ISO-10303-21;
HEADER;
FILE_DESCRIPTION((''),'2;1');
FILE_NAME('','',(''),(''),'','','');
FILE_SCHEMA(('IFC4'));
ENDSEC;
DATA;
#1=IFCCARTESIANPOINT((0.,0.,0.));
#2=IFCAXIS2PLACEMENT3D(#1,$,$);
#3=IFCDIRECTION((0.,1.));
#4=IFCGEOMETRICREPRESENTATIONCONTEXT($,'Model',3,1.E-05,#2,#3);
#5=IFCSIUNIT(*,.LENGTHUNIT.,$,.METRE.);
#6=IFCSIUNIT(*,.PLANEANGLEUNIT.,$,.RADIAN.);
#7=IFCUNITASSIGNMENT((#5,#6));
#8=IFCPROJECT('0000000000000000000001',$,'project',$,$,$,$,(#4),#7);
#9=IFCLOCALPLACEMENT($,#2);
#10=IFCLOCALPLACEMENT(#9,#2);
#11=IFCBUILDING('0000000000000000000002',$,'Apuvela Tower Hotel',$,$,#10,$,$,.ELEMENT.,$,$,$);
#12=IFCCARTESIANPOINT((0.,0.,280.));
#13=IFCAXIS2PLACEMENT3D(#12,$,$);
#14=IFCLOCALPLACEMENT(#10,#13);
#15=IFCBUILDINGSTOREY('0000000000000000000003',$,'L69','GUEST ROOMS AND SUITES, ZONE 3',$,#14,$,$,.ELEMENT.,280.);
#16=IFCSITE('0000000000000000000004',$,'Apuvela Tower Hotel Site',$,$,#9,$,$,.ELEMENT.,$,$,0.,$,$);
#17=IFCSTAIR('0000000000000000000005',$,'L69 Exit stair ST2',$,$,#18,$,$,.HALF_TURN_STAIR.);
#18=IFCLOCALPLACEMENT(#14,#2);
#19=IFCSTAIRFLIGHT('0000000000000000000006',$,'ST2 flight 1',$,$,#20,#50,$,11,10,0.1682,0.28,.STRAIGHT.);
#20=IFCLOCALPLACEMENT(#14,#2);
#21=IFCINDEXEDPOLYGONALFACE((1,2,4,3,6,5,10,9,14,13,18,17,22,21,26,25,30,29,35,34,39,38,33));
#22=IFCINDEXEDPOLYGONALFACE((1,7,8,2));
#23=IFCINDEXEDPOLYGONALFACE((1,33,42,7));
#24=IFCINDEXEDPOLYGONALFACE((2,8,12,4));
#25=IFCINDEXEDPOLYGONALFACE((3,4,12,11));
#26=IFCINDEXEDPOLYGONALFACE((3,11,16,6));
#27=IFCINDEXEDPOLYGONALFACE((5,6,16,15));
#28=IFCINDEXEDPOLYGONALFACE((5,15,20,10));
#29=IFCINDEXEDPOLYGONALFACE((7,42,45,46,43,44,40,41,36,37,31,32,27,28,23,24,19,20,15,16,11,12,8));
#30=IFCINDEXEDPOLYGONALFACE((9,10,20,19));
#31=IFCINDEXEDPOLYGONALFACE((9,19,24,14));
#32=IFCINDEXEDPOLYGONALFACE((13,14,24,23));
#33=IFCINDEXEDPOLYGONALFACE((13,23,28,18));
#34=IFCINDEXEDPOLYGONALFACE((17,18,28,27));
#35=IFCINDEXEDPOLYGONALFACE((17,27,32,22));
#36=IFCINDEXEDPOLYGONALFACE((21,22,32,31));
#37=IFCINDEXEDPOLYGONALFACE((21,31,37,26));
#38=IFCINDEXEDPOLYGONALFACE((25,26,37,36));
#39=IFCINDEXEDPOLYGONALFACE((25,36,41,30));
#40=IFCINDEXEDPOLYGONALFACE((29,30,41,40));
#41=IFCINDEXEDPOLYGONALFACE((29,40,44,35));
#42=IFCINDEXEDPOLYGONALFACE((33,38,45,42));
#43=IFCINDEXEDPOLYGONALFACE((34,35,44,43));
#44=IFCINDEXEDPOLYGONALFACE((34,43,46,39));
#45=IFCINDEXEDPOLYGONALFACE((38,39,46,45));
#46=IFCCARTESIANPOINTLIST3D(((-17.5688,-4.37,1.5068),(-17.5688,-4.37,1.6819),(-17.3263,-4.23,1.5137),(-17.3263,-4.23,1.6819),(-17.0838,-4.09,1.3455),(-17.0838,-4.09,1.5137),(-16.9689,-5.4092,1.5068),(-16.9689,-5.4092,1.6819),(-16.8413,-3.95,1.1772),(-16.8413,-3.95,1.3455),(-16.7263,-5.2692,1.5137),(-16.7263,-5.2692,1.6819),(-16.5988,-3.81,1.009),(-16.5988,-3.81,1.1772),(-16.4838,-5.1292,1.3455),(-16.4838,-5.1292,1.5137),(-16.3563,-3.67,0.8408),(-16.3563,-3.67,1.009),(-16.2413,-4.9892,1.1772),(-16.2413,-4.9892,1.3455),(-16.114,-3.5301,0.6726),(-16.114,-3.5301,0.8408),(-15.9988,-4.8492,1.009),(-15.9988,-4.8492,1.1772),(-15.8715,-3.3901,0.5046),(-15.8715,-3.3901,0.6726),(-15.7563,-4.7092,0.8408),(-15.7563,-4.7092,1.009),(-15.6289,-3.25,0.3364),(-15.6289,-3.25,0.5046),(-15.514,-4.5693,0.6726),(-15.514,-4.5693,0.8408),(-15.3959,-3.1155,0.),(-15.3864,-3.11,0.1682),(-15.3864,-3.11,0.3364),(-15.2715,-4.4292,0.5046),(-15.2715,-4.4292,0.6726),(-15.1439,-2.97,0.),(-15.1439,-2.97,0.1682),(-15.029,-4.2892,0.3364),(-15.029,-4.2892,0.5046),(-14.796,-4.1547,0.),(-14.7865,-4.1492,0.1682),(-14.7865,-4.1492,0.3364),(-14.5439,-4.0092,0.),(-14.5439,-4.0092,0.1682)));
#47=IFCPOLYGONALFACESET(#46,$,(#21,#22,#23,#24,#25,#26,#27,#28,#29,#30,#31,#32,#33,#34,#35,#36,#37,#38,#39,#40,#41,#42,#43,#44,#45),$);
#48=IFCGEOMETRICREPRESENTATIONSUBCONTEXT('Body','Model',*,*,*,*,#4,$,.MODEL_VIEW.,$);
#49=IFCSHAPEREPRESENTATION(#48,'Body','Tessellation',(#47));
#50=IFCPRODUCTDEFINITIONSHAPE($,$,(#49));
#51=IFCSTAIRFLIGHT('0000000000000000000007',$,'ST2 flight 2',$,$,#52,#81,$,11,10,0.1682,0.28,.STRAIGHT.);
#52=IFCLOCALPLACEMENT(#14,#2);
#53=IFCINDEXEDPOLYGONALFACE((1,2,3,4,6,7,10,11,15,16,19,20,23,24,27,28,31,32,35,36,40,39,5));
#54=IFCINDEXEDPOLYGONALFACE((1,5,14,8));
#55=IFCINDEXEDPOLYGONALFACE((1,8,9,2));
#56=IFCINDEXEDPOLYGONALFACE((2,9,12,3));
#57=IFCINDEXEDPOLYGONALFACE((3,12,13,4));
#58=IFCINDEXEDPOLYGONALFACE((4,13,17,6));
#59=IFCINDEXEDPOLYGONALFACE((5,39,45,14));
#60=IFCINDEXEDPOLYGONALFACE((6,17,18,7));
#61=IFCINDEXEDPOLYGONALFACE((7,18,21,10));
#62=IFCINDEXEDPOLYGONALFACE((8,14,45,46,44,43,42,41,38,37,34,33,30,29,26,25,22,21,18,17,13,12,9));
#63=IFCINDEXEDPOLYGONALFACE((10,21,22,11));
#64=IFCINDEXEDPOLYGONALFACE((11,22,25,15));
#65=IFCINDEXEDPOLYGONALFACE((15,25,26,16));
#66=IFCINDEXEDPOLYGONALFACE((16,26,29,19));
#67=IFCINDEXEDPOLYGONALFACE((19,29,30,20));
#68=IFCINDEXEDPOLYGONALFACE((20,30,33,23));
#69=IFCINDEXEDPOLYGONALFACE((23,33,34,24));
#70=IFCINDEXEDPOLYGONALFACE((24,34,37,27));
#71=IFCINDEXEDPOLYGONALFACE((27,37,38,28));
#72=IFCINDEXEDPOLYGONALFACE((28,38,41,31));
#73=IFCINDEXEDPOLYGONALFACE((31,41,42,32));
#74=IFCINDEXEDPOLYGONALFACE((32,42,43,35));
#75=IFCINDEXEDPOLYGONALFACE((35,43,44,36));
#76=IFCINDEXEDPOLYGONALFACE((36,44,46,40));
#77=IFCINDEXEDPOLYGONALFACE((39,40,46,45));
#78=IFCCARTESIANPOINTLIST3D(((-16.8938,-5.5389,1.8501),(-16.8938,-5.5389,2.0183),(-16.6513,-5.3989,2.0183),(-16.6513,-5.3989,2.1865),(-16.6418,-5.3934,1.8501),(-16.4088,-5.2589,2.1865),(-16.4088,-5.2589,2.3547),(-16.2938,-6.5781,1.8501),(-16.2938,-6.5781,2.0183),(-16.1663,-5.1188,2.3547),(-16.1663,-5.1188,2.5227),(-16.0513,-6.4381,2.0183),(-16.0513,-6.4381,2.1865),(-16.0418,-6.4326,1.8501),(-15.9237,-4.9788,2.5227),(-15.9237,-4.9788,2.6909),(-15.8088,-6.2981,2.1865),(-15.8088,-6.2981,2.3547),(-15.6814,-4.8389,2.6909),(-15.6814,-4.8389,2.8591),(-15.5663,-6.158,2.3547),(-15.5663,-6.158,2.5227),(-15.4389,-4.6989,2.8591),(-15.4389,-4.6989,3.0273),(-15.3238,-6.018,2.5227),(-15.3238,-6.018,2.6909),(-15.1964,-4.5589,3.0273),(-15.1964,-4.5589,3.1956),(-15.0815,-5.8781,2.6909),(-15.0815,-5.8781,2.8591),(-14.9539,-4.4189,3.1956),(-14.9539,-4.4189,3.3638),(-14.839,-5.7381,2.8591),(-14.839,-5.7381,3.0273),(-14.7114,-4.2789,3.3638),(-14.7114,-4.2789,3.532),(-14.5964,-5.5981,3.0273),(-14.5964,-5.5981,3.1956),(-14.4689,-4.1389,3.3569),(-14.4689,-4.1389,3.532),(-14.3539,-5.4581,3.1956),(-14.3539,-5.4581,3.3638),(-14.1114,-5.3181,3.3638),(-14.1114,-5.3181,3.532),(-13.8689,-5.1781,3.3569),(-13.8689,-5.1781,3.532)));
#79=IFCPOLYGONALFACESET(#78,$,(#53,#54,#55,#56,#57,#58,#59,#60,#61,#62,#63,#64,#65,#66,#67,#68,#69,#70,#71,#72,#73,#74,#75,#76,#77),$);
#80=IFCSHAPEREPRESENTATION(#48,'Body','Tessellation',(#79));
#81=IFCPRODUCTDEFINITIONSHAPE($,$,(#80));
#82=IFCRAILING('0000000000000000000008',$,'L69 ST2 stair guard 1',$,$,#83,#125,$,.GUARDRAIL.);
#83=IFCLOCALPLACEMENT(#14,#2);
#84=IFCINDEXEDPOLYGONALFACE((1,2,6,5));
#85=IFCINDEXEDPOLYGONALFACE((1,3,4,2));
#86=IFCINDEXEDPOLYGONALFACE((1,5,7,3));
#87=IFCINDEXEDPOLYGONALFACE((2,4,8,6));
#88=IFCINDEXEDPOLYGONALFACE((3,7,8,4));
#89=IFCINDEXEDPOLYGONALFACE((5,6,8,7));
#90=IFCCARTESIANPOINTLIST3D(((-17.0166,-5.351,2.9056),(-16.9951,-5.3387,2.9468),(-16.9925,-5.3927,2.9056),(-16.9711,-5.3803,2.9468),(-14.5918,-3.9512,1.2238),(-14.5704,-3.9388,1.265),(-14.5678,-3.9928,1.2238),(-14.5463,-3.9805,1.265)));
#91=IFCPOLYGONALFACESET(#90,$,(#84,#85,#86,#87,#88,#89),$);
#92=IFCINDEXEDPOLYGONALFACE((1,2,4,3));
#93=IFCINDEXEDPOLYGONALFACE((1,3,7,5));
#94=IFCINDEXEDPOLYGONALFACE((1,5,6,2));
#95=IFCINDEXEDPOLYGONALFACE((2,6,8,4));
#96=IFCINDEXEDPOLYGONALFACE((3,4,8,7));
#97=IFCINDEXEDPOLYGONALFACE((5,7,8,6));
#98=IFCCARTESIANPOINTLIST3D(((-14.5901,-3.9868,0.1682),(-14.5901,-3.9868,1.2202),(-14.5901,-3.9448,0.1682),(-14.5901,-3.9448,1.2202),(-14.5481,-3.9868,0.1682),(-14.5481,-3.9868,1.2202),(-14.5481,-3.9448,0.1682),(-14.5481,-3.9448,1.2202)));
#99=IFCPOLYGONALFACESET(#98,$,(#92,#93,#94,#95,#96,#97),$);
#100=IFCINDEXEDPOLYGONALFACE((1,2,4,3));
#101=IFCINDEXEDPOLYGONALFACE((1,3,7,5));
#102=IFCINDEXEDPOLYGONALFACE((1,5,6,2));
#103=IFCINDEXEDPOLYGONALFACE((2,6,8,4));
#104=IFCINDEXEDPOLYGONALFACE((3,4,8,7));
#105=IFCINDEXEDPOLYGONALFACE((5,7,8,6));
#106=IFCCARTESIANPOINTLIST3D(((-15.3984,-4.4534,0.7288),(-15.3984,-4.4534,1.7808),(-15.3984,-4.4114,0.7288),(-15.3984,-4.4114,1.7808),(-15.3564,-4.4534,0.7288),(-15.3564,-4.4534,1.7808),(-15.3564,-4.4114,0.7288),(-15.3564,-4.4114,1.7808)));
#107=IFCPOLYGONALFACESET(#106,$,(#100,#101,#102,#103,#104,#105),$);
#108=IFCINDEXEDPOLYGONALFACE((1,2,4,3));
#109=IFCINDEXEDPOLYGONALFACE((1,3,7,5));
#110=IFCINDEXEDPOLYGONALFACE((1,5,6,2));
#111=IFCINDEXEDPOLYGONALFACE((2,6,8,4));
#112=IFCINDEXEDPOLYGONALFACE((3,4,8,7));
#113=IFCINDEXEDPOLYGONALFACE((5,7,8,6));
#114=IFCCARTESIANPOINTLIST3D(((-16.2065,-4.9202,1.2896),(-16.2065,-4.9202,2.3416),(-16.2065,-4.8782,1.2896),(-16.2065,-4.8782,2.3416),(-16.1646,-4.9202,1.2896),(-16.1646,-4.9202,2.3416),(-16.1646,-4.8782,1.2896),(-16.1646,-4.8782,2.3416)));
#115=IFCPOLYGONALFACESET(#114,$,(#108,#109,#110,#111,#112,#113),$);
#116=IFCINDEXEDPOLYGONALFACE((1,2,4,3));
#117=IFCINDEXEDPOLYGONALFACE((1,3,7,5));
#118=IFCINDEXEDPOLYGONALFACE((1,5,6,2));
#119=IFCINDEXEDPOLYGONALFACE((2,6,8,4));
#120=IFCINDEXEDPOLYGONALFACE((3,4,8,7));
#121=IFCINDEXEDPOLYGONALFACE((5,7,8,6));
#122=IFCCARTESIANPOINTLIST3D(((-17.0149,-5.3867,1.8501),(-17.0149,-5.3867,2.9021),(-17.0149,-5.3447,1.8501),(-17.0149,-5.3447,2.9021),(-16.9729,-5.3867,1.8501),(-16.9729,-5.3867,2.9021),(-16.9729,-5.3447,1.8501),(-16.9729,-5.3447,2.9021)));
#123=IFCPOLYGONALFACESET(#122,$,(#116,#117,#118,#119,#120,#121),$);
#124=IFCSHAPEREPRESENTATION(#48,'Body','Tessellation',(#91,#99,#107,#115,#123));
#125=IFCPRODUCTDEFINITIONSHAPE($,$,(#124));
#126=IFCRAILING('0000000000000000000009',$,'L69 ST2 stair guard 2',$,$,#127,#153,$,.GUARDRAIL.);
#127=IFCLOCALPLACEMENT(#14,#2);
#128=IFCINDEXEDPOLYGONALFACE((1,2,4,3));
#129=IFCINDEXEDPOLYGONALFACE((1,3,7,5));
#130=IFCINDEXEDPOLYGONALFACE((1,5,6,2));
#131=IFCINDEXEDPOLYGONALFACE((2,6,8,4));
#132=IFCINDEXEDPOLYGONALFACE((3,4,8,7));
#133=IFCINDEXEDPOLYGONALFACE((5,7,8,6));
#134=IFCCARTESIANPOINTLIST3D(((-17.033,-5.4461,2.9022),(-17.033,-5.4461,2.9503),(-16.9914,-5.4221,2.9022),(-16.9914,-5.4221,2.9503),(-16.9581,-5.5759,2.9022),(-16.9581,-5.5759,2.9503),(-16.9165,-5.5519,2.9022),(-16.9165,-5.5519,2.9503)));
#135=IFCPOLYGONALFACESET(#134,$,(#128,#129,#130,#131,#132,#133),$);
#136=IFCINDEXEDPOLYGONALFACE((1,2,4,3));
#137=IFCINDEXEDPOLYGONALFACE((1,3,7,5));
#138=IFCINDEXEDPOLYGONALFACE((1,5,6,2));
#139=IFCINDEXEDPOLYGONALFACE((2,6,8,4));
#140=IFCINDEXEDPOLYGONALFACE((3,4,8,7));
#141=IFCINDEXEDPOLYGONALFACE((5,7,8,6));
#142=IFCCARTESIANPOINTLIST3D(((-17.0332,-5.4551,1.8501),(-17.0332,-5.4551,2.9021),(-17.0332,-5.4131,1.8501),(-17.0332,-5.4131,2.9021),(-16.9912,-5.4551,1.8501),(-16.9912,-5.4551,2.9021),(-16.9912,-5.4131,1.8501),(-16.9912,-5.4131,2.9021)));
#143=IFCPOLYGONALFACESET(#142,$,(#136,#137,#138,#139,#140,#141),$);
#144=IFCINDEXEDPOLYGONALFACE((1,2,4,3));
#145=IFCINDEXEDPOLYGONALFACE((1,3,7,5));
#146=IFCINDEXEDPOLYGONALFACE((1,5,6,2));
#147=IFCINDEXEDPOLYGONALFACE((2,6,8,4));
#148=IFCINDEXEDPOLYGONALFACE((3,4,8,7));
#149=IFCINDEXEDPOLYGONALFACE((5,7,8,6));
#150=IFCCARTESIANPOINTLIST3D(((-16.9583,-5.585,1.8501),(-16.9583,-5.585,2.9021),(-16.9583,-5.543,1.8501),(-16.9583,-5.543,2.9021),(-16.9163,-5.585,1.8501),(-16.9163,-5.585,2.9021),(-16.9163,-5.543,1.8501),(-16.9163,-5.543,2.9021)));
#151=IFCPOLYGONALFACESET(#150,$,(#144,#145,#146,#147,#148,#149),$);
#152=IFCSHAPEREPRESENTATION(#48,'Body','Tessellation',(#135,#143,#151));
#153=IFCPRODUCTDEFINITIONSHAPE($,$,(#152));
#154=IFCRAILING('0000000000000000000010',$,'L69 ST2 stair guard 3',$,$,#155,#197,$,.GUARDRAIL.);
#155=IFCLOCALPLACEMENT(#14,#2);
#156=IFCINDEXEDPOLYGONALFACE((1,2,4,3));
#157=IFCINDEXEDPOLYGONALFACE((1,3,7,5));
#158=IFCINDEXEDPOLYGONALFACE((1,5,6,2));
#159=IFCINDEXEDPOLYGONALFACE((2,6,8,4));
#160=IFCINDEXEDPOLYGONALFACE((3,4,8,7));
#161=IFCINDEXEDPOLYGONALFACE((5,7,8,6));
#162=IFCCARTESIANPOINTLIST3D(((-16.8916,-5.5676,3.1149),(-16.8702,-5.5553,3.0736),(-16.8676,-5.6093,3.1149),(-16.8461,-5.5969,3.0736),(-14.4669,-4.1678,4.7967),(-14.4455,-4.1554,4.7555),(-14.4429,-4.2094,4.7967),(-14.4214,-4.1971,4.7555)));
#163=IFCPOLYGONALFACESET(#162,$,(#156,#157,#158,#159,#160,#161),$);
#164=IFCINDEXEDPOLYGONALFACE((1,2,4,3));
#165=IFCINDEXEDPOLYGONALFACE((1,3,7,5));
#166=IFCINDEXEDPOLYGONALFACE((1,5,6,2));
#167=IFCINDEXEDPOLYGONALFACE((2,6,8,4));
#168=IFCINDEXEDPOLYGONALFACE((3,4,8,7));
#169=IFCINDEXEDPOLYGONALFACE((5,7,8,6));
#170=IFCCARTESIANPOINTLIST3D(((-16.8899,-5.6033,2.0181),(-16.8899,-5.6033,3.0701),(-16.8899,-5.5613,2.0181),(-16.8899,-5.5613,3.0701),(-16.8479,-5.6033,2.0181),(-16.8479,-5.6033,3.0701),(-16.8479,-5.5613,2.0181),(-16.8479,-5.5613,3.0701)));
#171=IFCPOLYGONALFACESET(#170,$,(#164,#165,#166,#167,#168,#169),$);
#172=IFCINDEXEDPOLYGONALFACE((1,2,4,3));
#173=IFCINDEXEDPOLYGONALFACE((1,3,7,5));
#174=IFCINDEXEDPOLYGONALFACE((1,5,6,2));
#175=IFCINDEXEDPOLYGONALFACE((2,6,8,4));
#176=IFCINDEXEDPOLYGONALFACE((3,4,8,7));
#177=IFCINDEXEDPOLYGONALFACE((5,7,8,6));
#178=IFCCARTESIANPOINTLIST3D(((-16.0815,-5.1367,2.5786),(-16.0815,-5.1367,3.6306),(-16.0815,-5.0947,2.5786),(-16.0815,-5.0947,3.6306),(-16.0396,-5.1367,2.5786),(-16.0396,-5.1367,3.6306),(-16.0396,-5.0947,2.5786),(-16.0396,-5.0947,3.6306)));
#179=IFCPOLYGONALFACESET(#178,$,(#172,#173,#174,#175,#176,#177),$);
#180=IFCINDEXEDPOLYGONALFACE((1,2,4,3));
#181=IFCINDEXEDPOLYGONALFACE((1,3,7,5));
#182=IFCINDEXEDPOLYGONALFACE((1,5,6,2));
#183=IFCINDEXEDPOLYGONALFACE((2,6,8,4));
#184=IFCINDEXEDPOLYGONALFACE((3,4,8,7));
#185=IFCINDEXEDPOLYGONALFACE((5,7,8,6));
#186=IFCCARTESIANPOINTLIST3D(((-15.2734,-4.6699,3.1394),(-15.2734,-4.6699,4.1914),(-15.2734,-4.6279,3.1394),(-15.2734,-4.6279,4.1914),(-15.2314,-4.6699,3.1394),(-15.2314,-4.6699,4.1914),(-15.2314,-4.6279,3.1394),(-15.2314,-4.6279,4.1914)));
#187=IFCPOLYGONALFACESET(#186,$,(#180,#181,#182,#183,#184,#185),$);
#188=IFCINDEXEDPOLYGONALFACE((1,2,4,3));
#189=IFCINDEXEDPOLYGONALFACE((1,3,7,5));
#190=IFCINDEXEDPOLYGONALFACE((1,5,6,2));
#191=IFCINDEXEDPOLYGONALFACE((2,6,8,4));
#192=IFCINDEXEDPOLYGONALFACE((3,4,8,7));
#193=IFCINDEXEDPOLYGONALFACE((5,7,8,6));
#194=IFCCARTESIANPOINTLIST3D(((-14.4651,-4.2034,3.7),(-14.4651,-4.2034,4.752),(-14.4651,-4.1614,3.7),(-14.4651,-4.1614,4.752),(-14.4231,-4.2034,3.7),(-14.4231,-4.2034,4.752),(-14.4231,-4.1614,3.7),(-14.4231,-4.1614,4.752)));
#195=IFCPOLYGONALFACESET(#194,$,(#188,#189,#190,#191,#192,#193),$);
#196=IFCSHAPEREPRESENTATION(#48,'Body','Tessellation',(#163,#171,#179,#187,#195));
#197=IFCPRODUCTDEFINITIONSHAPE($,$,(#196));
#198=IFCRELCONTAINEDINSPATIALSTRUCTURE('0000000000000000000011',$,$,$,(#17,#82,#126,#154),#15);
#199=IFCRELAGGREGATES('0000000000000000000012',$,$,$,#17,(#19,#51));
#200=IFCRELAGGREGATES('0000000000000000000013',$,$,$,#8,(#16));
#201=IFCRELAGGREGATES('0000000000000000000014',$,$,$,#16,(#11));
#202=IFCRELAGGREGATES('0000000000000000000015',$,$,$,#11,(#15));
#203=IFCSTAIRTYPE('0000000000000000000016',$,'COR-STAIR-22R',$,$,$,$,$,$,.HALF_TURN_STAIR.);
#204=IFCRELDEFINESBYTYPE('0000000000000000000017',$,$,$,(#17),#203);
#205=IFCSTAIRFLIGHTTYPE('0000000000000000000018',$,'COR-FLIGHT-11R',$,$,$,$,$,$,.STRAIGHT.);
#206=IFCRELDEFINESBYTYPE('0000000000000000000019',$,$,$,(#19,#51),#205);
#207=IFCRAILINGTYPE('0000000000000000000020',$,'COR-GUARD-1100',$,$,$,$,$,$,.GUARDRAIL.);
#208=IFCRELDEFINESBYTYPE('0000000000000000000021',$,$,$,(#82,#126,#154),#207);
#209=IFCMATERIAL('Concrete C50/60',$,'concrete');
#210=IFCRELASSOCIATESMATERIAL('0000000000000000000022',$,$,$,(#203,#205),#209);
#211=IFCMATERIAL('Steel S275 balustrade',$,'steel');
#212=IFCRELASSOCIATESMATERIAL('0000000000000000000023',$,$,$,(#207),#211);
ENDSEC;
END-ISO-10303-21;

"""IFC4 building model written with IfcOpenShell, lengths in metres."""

from ifc_helpers import new_model, si_unit, direction, frame, origin, origin_2d, place, context, subcontext, project, spatial, polyline, rectangle, outline, extrude, material, type_object, element, aggregate, save


model = new_model("IFC4")

# Units and contexts
model_context = context("Model", 3, precision=1e-05, world=origin(), true_north=direction((0.0, 1.0)))
body_context = subcontext(model_context, "Body", "Model", "MODEL_VIEW")
ifc_project = project(units=[si_unit("LENGTHUNIT", "METRE"), si_unit("PLANEANGLEUNIT", "RADIAN")], contexts=[model_context])

# Site, building, storey
site_placement = place(None, origin())
site = spatial("IfcSite", under=ifc_project, at=site_placement, Name="Apuvela Tower Hotel Site", CompositionType="ELEMENT", RefElevation=0.0)
building_placement = place(site_placement, origin())
building = spatial("IfcBuilding", under=site, at=building_placement, Name="Apuvela Tower Hotel", CompositionType="ELEMENT")
storey_placement = place(building_placement, frame((0.0, 0.0, 280.0)))
storey = spatial("IfcBuildingStorey", under=building, at=storey_placement, Name="L69", Description="GUEST ROOMS AND SUITES, ZONE 3", CompositionType="ELEMENT", Elevation=280.0)

# Shared definitions
ifc_material_1 = material(Name="Concrete C50/60", Category="concrete")

# Stair, stair flights
stair_type = type_object("IfcStairType", Name="COR-STAIR-22R", PredefinedType="HALF_TURN_STAIR", material=ifc_material_1)
stair_placement = place(storey_placement, origin())
stair = element("IfcStair", 1, at=stair_placement, inside=storey, type_object=stair_type, Name="L69 Exit stair ST2", PredefinedType="HALF_TURN_STAIR")
stair_flight_type = type_object("IfcStairFlightType", Name="COR-FLIGHT-11R", PredefinedType="STRAIGHT", material=ifc_material_1)
stair_flight_1_placement = place(storey_placement, frame((-14.844, -3.4895, 0.0), z_axis=(0.0, 0.0, 1.0), x_axis=(-0.866025, -0.5, 0.0)))
stair_flight_1 = element("IfcStairFlight", 2, at=stair_flight_1_placement, type_object=stair_flight_type, Name="ST2 flight 1", NumberOfRisers=11, NumberOfTreads=10, PredefinedType="STRAIGHT", RiserHeight=0.1682, TreadLength=0.28, context=body_context, shape_type="SweptSolid", body=[
    extrude(outline(polyline([(0.0, 0.0), (0.0, 0.1682), (0.28, 0.1682), (0.28, 0.3364), (0.5601, 0.3364), (0.5601, 0.5046), (0.8401, 0.5046), (0.8401, 0.6726), (1.1201, 0.6726), (1.1201, 0.8408), (1.3999, 0.8408), (1.3999, 1.009), (1.6799, 1.009), (1.6799, 1.1772), (1.96, 1.1772), (1.96, 1.3455), (2.24, 1.3455), (2.24, 1.5137), (2.52, 1.5137), (2.52, 1.6819), (2.8, 1.6819), (2.8, 1.8501), (2.8, 1.5068), (0.291, 0.0), (0.0, 0.0)])), frame((0.0, 0.6001, 0.0), z_axis=(0.0, -1.0, 0.0), x_axis=(1.0, 0.0, 0.0)), (0.0, 0.0, 1.0), 1.2),
])
stair_flight_2_placement = place(storey_placement, frame((-16.5938, -6.0586, 1.8501), z_axis=(0.0, 0.0, 1.0), x_axis=(0.866025, 0.5, 0.0)))
stair_flight_2 = element("IfcStairFlight", 3, at=stair_flight_2_placement, type_object=stair_flight_type, Name="ST2 flight 2", NumberOfRisers=11, NumberOfTreads=10, PredefinedType="STRAIGHT", RiserHeight=0.1682, TreadLength=0.28, context=body_context, shape_type="SweptSolid", body=[
    extrude(outline(polyline([(0.0, 0.0), (0.0, 0.1682), (0.28, 0.1682), (0.28, 0.3364), (0.5601, 0.3364), (0.5601, 0.5046), (0.8401, 0.5046), (0.8401, 0.6726), (1.1201, 0.6726), (1.1201, 0.8408), (1.3999, 0.8408), (1.3999, 1.009), (1.6799, 1.009), (1.6799, 1.1772), (1.96, 1.1772), (1.96, 1.3455), (2.24, 1.3455), (2.24, 1.5137), (2.52, 1.5137), (2.52, 1.6819), (2.8, 1.6819), (2.8, 1.8501), (2.8, 1.5068), (0.291, 0.0), (0.0, 0.0)])), frame((0.0, 0.6001, 0.0), z_axis=(0.0, -1.0, 0.0), x_axis=(1.0, 0.0, 0.0)), (0.0, 0.0, 1.0), 1.2),
])
aggregate(stair, [stair_flight_1, stair_flight_2])

# Railings
ifc_material_2 = material(Name="Steel S275 balustrade", Category="steel")
railing_type_1 = type_object("IfcRailingType", Name="COR-GUARD-1100", PredefinedType="GUARDRAIL", material=ifc_material_2)
railing_1_placement = place(storey_placement, frame((-14.5691, -3.9658, 0.1682)))
element("IfcRailing", 4, at=railing_1_placement, inside=storey, type_object=railing_type_1, Name="L69 ST2 stair guard 1", PredefinedType="GUARDRAIL", context=body_context, shape_type="SweptSolid", body=[
    extrude(rectangle(XDim=0.0481, YDim=0.0481, at=origin_2d()), frame((0.0, 0.0, 1.0762), z_axis=(-0.74239, -0.428601, 0.514934), x_axis=(0.499984, -0.866035, 0.0)), (0.0, 0.0, 1.0), 3.2661),
    extrude(rectangle(XDim=0.042, YDim=0.042, at=origin_2d()), origin(), (0.0, 0.0, 1.0), 1.052),
    extrude(rectangle(XDim=0.042, YDim=0.042, at=origin_2d()), frame((-0.8083, -0.4666, 0.5605)), (0.0, 0.0, 1.0), 1.052),
    extrude(rectangle(XDim=0.042, YDim=0.042, at=origin_2d()), frame((-1.6165, -0.9333, 1.1213)), (0.0, 0.0, 1.0), 1.052),
    extrude(rectangle(XDim=0.042, YDim=0.042, at=origin_2d()), frame((-2.4248, -1.3999, 1.6819)), (0.0, 0.0, 1.0), 1.052),
])
railing_2_placement = place(storey_placement, frame((-17.0122, -5.4341, 1.8501)))
element("IfcRailing", 5, at=railing_2_placement, inside=storey, type_object=railing_type_1, Name="L69 ST2 stair guard 2", PredefinedType="GUARDRAIL", context=body_context, shape_type="SweptSolid", body=[
    extrude(rectangle(XDim=0.0481, YDim=0.0481, at=origin_2d()), frame((0.0, 0.0, 1.0762), z_axis=(0.499816, -0.866131, 0.0), x_axis=(0.866131, 0.499816, 0.0)), (0.0, 0.0, 1.0), 0.1499),
    extrude(rectangle(XDim=0.042, YDim=0.042, at=origin_2d()), origin(), (0.0, 0.0, 1.0), 1.052),
    extrude(rectangle(XDim=0.042, YDim=0.042, at=origin_2d()), frame((0.075, -0.1299, 0.0)), (0.0, 0.0, 1.0), 1.052),
])
railing_3_placement = place(storey_placement, frame((-16.8689, -5.5823, 2.0181)))
element("IfcRailing", 6, at=railing_3_placement, inside=storey, type_object=railing_type_1, Name="L69 ST2 stair guard 3", PredefinedType="GUARDRAIL", context=body_context, shape_type="SweptSolid", body=[
    extrude(rectangle(XDim=0.0481, YDim=0.0481, at=origin_2d()), frame((0.0, 0.0, 1.0762), z_axis=(0.74239, 0.428601, 0.514934), x_axis=(-0.499984, 0.866035, 0.0)), (0.0, 0.0, 1.0), 3.2661),
    extrude(rectangle(XDim=0.042, YDim=0.042, at=origin_2d()), origin(), (0.0, 0.0, 1.0), 1.052),
    extrude(rectangle(XDim=0.042, YDim=0.042, at=origin_2d()), frame((0.8083, 0.4666, 0.5605)), (0.0, 0.0, 1.0), 1.052),
    extrude(rectangle(XDim=0.042, YDim=0.042, at=origin_2d()), frame((1.6165, 0.9333, 1.1213)), (0.0, 0.0, 1.0), 1.052),
    extrude(rectangle(XDim=0.042, YDim=0.042, at=origin_2d()), frame((2.4248, 1.3999, 1.6819)), (0.0, 0.0, 1.0), 1.052),
])

save(model, "model.ifc")
